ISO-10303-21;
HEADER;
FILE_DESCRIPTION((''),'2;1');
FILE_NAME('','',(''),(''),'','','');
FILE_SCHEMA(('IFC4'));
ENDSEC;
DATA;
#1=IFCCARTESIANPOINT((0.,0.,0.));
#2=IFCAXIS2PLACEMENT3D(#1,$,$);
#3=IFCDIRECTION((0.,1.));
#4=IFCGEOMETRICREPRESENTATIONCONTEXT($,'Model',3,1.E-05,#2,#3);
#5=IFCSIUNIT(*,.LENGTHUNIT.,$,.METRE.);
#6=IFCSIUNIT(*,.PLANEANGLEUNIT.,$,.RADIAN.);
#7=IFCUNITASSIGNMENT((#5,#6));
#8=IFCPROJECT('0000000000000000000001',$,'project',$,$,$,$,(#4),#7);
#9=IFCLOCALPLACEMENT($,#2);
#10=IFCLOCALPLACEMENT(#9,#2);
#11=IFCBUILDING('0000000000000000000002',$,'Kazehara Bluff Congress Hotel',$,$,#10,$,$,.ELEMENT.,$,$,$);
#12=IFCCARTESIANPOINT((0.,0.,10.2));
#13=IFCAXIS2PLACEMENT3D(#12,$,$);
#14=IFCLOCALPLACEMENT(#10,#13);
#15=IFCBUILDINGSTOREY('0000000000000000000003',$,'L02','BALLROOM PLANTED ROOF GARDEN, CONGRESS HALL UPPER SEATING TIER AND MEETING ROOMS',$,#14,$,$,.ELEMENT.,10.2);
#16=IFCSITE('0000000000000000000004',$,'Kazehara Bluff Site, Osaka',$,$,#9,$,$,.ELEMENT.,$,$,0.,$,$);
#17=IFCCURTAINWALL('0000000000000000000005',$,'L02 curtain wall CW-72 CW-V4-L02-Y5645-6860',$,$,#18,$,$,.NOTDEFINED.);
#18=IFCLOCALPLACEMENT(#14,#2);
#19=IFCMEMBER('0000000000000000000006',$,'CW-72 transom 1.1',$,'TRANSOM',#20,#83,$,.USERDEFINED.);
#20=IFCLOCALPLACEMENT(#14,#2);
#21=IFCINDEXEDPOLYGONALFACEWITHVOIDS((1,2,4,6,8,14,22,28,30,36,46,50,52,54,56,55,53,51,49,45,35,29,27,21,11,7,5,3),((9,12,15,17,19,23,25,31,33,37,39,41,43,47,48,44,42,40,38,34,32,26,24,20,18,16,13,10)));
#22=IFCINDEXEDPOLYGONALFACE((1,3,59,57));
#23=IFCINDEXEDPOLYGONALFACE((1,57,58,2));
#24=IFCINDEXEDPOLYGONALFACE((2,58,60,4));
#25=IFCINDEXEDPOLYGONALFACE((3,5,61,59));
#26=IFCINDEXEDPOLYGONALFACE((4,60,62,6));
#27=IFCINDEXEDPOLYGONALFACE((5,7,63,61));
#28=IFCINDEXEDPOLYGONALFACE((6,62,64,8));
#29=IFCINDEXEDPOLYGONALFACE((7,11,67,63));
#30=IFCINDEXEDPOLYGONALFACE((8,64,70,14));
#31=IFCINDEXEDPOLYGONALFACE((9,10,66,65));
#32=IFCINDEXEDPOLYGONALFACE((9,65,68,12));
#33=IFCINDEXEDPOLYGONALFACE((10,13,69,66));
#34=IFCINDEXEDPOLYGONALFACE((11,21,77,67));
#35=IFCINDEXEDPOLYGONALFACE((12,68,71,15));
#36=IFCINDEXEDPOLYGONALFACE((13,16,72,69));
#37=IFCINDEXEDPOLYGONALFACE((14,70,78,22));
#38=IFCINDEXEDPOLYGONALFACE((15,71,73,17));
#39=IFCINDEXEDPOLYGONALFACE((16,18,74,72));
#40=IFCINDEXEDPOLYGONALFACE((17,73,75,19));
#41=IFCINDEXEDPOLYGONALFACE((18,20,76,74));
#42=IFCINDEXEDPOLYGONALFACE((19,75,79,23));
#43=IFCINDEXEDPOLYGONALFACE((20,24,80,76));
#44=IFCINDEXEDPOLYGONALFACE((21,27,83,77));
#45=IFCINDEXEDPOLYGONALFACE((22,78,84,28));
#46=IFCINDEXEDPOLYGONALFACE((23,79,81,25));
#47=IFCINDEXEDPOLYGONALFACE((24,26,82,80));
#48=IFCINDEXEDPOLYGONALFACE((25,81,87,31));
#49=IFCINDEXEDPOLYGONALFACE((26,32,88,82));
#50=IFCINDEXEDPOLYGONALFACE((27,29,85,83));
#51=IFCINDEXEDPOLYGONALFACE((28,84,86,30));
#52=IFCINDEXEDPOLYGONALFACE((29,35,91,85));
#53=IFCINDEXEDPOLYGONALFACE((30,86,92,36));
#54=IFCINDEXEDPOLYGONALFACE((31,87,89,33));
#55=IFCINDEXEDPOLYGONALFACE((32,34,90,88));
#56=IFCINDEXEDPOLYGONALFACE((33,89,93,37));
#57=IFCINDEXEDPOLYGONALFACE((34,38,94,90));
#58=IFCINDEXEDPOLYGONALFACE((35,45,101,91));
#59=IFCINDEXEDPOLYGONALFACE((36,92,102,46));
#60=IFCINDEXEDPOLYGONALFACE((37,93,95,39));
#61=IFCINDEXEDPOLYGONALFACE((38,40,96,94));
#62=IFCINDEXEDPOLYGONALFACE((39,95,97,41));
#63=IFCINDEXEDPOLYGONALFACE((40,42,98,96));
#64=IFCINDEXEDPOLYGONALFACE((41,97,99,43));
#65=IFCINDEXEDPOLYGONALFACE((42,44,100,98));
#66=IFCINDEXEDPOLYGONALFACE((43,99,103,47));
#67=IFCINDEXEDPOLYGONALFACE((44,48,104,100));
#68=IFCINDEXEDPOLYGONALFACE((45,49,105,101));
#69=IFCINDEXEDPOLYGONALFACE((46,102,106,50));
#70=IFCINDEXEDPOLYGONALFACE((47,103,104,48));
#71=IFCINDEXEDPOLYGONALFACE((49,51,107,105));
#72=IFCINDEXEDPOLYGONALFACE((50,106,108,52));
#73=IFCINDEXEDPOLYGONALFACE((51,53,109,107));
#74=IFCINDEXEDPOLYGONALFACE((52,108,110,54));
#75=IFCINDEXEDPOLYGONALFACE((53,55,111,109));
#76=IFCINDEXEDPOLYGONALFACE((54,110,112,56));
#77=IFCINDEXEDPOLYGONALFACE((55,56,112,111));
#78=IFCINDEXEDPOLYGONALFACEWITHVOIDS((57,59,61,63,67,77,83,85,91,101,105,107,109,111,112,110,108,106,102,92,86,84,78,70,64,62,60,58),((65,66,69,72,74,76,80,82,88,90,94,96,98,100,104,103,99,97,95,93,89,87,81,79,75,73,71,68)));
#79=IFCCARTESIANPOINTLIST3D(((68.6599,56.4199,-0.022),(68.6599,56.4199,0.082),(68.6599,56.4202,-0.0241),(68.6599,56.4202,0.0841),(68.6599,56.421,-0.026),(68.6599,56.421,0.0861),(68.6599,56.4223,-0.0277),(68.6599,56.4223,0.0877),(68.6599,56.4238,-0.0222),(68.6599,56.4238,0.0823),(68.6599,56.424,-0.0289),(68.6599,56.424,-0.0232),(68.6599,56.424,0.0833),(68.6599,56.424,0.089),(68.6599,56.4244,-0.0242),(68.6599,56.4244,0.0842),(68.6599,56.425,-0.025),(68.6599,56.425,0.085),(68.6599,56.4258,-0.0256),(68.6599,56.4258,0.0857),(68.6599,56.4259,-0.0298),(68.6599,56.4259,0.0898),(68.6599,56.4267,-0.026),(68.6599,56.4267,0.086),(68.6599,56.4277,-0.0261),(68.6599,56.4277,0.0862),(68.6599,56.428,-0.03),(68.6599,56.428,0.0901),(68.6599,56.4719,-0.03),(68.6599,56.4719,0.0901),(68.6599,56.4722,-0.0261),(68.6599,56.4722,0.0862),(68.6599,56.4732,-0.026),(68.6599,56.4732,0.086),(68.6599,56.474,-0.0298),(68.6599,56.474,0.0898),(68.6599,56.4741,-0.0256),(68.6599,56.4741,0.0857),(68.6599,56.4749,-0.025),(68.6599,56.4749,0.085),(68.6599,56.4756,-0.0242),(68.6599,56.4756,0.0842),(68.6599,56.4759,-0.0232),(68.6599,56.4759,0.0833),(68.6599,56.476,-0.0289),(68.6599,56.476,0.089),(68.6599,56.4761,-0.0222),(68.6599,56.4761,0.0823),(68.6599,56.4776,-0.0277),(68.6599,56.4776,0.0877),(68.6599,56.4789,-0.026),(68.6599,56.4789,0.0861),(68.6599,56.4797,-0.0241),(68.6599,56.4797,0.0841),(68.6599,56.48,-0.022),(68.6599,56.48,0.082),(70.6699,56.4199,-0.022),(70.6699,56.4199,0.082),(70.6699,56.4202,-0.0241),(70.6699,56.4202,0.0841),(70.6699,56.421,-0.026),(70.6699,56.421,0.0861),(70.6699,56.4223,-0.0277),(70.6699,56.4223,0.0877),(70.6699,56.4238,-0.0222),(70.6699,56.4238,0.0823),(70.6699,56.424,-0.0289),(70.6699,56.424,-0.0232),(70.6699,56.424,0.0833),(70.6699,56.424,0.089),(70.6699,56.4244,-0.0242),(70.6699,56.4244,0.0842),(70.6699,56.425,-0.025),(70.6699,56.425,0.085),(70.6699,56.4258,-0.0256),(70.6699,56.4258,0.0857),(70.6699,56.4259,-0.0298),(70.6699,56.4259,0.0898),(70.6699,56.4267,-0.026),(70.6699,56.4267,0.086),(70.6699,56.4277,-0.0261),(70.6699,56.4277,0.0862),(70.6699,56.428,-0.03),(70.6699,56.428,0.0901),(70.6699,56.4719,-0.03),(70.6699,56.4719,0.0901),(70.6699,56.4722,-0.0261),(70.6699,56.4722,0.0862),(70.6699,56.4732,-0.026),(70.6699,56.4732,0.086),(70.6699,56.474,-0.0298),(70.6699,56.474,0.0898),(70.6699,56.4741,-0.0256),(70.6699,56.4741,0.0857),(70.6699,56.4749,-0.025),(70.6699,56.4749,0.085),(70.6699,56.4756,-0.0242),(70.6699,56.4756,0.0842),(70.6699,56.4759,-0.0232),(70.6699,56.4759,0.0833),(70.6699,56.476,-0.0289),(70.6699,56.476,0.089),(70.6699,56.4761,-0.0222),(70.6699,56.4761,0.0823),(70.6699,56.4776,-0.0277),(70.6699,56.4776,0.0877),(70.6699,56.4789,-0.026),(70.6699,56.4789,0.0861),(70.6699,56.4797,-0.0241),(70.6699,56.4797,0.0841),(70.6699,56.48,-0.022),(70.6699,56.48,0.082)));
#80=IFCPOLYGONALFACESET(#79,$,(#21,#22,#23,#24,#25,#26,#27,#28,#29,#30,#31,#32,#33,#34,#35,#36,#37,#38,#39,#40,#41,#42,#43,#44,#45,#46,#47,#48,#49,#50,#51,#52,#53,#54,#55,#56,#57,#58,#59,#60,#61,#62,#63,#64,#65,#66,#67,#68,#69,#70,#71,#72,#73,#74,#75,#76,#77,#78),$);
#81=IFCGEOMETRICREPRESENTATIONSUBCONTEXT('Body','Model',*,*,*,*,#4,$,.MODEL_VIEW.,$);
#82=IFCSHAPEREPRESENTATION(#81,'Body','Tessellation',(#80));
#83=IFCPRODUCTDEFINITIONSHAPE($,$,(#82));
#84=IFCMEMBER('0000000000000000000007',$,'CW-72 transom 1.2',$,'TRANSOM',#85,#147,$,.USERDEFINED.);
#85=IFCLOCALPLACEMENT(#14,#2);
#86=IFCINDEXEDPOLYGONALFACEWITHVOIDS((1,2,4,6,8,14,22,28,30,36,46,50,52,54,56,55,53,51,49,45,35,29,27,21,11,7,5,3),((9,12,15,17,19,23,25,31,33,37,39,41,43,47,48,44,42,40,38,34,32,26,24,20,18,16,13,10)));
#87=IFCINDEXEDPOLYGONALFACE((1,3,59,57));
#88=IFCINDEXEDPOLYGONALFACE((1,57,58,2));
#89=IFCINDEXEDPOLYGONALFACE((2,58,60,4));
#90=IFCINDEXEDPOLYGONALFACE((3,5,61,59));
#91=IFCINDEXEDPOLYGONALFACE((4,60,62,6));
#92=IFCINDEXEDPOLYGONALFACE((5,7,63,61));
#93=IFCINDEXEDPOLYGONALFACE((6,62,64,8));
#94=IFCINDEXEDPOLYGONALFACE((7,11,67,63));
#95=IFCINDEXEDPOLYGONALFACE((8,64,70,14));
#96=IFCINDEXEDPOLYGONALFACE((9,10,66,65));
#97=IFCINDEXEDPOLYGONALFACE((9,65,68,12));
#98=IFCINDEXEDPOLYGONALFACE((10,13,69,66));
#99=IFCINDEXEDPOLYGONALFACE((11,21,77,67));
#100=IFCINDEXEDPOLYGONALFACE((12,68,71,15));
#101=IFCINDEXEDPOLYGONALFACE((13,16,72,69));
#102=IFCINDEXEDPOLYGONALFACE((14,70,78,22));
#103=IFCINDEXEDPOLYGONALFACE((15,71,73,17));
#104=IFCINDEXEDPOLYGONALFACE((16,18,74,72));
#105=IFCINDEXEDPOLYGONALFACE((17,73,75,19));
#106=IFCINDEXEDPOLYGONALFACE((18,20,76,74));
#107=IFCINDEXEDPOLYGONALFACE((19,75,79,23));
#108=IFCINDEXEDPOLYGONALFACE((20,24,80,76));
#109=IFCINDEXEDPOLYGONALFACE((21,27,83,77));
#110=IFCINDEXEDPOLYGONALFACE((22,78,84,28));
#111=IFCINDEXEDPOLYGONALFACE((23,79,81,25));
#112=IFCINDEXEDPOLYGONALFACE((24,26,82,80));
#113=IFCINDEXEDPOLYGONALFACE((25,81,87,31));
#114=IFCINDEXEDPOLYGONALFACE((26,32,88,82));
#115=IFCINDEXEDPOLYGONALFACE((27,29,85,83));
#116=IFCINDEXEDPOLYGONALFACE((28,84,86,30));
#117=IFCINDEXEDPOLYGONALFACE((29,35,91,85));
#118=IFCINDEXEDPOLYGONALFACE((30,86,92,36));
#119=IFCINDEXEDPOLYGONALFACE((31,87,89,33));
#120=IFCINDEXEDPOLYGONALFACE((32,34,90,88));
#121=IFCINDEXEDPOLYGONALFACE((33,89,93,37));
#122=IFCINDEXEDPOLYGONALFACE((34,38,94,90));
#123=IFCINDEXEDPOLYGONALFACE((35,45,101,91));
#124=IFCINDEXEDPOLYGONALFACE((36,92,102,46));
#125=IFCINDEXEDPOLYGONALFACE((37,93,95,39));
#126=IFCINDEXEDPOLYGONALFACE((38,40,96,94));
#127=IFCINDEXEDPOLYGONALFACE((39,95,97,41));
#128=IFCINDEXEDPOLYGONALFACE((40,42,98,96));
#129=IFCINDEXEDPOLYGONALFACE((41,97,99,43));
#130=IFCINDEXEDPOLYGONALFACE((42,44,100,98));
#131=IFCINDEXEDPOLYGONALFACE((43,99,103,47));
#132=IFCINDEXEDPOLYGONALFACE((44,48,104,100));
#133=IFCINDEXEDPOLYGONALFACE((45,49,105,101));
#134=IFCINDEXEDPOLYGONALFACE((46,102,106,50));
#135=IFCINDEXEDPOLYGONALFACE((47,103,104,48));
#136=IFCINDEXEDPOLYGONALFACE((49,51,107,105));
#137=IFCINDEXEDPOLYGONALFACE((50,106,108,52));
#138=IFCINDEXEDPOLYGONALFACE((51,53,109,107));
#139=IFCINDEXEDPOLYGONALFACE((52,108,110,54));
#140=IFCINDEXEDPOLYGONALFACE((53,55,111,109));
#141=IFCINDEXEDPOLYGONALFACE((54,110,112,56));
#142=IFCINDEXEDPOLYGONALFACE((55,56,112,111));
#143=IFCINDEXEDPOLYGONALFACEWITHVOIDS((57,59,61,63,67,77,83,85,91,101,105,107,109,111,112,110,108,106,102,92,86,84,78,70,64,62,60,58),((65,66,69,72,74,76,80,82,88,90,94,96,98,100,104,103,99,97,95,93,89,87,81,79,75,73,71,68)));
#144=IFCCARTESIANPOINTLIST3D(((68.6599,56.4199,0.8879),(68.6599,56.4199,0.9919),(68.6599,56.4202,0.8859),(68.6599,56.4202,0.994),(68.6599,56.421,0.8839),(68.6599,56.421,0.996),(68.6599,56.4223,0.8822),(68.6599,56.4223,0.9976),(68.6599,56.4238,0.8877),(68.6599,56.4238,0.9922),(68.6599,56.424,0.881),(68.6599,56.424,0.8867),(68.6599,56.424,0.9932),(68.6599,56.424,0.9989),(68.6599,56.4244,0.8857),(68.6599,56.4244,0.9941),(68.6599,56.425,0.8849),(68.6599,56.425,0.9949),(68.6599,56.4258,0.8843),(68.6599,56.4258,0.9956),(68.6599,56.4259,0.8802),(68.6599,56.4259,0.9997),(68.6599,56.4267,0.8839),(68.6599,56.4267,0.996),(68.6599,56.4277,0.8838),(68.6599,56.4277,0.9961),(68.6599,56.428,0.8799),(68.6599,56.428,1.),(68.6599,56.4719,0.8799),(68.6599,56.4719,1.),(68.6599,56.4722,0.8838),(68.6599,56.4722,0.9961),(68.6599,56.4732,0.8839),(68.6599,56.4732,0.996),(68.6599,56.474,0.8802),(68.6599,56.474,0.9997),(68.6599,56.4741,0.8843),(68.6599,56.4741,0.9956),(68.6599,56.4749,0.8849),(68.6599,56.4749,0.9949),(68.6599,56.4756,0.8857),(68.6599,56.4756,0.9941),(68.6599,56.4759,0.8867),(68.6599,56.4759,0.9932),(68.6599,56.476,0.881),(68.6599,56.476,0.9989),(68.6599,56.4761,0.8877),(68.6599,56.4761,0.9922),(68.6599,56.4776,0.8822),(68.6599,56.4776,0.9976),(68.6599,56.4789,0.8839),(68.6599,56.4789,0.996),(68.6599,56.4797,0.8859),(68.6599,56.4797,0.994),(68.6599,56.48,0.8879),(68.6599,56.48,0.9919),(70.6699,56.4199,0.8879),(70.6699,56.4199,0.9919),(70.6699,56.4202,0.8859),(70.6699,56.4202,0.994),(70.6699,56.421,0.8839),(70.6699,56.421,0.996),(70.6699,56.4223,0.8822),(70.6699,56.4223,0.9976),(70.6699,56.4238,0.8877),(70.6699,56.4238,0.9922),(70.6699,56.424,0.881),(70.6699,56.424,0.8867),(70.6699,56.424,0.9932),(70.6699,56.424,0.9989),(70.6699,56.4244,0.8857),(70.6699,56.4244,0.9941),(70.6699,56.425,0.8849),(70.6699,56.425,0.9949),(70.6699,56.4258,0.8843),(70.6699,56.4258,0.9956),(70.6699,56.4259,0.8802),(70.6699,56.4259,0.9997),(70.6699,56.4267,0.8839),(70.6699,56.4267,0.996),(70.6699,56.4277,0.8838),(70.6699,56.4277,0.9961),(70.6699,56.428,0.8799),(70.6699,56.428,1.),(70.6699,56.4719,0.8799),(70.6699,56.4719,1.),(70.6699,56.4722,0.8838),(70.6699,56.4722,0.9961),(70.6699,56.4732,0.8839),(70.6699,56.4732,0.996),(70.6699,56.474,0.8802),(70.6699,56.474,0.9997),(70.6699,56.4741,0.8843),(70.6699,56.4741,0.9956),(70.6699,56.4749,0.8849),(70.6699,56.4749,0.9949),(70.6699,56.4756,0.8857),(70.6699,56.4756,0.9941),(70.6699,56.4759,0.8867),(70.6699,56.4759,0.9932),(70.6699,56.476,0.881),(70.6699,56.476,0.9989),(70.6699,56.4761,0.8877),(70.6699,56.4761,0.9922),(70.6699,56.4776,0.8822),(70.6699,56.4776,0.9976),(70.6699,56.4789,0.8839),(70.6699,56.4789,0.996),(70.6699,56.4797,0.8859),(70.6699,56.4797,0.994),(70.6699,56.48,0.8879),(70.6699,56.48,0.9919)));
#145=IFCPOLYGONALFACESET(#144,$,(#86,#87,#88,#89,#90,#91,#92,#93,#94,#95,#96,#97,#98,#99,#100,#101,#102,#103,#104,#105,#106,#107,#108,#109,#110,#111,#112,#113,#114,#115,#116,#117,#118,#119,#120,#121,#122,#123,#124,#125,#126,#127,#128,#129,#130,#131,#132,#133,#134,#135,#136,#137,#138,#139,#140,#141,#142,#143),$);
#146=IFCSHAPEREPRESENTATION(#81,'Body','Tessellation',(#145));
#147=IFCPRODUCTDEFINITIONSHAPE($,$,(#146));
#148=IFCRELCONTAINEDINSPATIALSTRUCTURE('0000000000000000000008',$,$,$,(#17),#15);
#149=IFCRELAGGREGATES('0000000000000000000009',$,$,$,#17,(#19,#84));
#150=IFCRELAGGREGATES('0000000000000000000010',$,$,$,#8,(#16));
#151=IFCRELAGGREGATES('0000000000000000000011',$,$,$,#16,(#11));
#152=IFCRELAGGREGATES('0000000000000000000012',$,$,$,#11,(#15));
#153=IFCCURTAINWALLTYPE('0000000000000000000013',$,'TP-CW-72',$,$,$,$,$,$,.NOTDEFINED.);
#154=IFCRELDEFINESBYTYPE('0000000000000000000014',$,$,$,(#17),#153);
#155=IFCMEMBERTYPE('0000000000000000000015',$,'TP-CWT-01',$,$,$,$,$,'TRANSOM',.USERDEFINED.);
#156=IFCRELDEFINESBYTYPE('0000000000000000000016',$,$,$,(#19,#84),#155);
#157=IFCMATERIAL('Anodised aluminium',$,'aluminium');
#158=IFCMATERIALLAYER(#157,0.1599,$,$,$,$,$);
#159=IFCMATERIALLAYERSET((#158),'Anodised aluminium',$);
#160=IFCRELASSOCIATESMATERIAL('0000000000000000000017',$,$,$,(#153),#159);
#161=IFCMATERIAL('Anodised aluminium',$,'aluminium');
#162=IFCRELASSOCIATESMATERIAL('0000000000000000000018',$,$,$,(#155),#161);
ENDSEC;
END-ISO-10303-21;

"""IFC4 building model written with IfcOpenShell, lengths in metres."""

from ifc_helpers import new_model, si_unit, direction, frame, origin, origin_2d, place, context, subcontext, project, spatial, hollow_rectangle, extrude, material, layer, layer_set, material_profile, profile_set, type_object, element, aggregate, save


model = new_model("IFC4")

# Units and contexts
model_context = context("Model", 3, precision=1e-05, world=origin(), true_north=direction((0.0, 1.0)))
body_context = subcontext(model_context, "Body", "Model", "MODEL_VIEW")
ifc_project = project(units=[si_unit("LENGTHUNIT", "METRE"), si_unit("PLANEANGLEUNIT", "RADIAN")], contexts=[model_context])

# Site, building, storey
site_placement = place(None, origin())
site = spatial("IfcSite", under=ifc_project, at=site_placement, Name="Kazehara Bluff Site, Osaka", CompositionType="ELEMENT", RefElevation=0.0)
building_placement = place(site_placement, origin())
building = spatial("IfcBuilding", under=site, at=building_placement, Name="Kazehara Bluff Congress Hotel", CompositionType="ELEMENT")
storey_placement = place(building_placement, frame((0.0, 0.0, 10.2)))
storey = spatial("IfcBuildingStorey", under=building, at=storey_placement, Name="L02", Description="BALLROOM PLANTED ROOF GARDEN, CONGRESS HALL UPPER SEATING TIER AND MEETING ROOMS", CompositionType="ELEMENT", Elevation=10.2)

# Curtain wall, members
ifc_material_1 = material(Name="Anodised aluminium", Category="aluminium")
ifc_layer_1 = layer(ifc_material_1, 0.1599)
ifc_layer_set_1 = layer_set([ifc_layer_1], Name="Anodised aluminium")
curtain_wall_type = type_object("IfcCurtainWallType", Name="TP-CW-72", PredefinedType="NOTDEFINED", material=ifc_layer_set_1)
curtain_wall_placement = place(storey_placement, origin())
curtain_wall = element("IfcCurtainWall", 1, at=curtain_wall_placement, inside=storey, type_object=curtain_wall_type, Name="L02 curtain wall CW-72 CW-V4-L02-Y5645-6860", PredefinedType="NOTDEFINED")
ifc_material_2 = material(Name="Anodised aluminium", Category="aluminium")
ifc_material_profile_1 = material_profile(ifc_material_2, hollow_rectangle(XDim=0.0601, YDim=0.1201, WallThickness=0.0039, InnerFilletRadius=0.0039, OuterFilletRadius=0.0081, at=origin_2d()))
ifc_profile_set_1 = profile_set([ifc_material_profile_1], Name="Anodised aluminium")
member_type_1 = type_object("IfcMemberType", Name="TP-CWT-01", ElementType="TRANSOM", PredefinedType="USERDEFINED", material=ifc_profile_set_1)
member_1_placement = place(storey_placement, frame((68.6599, 56.45, 0.03), z_axis=(1.0, 0.0, 0.0), x_axis=(0.0, 1.0, 0.0)))
member_1 = element("IfcMember", 2, at=member_1_placement, type_object=member_type_1, Name="CW-72 transom 1.1", ObjectType="TRANSOM", PredefinedType="USERDEFINED", context=body_context, shape_type="SweptSolid", body=[
    extrude(hollow_rectangle(XDim=0.0601, YDim=0.1201, WallThickness=0.0039, InnerFilletRadius=0.0039, OuterFilletRadius=0.0081, at=origin_2d()), origin(), (0.0, 0.0, 1.0), 2.01),
])
member_2_placement = place(storey_placement, frame((68.6599, 56.45, 0.9399), z_axis=(1.0, 0.0, 0.0), x_axis=(0.0, 1.0, 0.0)))
member_2 = element("IfcMember", 3, at=member_2_placement, type_object=member_type_1, Name="CW-72 transom 1.2", ObjectType="TRANSOM", PredefinedType="USERDEFINED", context=body_context, shape_type="SweptSolid", body=[
    extrude(hollow_rectangle(XDim=0.0601, YDim=0.1201, WallThickness=0.0039, InnerFilletRadius=0.0039, OuterFilletRadius=0.0081, at=origin_2d()), origin(), (0.0, 0.0, 1.0), 2.01),
])
aggregate(curtain_wall, [member_1, member_2])

save(model, "model.ifc")
